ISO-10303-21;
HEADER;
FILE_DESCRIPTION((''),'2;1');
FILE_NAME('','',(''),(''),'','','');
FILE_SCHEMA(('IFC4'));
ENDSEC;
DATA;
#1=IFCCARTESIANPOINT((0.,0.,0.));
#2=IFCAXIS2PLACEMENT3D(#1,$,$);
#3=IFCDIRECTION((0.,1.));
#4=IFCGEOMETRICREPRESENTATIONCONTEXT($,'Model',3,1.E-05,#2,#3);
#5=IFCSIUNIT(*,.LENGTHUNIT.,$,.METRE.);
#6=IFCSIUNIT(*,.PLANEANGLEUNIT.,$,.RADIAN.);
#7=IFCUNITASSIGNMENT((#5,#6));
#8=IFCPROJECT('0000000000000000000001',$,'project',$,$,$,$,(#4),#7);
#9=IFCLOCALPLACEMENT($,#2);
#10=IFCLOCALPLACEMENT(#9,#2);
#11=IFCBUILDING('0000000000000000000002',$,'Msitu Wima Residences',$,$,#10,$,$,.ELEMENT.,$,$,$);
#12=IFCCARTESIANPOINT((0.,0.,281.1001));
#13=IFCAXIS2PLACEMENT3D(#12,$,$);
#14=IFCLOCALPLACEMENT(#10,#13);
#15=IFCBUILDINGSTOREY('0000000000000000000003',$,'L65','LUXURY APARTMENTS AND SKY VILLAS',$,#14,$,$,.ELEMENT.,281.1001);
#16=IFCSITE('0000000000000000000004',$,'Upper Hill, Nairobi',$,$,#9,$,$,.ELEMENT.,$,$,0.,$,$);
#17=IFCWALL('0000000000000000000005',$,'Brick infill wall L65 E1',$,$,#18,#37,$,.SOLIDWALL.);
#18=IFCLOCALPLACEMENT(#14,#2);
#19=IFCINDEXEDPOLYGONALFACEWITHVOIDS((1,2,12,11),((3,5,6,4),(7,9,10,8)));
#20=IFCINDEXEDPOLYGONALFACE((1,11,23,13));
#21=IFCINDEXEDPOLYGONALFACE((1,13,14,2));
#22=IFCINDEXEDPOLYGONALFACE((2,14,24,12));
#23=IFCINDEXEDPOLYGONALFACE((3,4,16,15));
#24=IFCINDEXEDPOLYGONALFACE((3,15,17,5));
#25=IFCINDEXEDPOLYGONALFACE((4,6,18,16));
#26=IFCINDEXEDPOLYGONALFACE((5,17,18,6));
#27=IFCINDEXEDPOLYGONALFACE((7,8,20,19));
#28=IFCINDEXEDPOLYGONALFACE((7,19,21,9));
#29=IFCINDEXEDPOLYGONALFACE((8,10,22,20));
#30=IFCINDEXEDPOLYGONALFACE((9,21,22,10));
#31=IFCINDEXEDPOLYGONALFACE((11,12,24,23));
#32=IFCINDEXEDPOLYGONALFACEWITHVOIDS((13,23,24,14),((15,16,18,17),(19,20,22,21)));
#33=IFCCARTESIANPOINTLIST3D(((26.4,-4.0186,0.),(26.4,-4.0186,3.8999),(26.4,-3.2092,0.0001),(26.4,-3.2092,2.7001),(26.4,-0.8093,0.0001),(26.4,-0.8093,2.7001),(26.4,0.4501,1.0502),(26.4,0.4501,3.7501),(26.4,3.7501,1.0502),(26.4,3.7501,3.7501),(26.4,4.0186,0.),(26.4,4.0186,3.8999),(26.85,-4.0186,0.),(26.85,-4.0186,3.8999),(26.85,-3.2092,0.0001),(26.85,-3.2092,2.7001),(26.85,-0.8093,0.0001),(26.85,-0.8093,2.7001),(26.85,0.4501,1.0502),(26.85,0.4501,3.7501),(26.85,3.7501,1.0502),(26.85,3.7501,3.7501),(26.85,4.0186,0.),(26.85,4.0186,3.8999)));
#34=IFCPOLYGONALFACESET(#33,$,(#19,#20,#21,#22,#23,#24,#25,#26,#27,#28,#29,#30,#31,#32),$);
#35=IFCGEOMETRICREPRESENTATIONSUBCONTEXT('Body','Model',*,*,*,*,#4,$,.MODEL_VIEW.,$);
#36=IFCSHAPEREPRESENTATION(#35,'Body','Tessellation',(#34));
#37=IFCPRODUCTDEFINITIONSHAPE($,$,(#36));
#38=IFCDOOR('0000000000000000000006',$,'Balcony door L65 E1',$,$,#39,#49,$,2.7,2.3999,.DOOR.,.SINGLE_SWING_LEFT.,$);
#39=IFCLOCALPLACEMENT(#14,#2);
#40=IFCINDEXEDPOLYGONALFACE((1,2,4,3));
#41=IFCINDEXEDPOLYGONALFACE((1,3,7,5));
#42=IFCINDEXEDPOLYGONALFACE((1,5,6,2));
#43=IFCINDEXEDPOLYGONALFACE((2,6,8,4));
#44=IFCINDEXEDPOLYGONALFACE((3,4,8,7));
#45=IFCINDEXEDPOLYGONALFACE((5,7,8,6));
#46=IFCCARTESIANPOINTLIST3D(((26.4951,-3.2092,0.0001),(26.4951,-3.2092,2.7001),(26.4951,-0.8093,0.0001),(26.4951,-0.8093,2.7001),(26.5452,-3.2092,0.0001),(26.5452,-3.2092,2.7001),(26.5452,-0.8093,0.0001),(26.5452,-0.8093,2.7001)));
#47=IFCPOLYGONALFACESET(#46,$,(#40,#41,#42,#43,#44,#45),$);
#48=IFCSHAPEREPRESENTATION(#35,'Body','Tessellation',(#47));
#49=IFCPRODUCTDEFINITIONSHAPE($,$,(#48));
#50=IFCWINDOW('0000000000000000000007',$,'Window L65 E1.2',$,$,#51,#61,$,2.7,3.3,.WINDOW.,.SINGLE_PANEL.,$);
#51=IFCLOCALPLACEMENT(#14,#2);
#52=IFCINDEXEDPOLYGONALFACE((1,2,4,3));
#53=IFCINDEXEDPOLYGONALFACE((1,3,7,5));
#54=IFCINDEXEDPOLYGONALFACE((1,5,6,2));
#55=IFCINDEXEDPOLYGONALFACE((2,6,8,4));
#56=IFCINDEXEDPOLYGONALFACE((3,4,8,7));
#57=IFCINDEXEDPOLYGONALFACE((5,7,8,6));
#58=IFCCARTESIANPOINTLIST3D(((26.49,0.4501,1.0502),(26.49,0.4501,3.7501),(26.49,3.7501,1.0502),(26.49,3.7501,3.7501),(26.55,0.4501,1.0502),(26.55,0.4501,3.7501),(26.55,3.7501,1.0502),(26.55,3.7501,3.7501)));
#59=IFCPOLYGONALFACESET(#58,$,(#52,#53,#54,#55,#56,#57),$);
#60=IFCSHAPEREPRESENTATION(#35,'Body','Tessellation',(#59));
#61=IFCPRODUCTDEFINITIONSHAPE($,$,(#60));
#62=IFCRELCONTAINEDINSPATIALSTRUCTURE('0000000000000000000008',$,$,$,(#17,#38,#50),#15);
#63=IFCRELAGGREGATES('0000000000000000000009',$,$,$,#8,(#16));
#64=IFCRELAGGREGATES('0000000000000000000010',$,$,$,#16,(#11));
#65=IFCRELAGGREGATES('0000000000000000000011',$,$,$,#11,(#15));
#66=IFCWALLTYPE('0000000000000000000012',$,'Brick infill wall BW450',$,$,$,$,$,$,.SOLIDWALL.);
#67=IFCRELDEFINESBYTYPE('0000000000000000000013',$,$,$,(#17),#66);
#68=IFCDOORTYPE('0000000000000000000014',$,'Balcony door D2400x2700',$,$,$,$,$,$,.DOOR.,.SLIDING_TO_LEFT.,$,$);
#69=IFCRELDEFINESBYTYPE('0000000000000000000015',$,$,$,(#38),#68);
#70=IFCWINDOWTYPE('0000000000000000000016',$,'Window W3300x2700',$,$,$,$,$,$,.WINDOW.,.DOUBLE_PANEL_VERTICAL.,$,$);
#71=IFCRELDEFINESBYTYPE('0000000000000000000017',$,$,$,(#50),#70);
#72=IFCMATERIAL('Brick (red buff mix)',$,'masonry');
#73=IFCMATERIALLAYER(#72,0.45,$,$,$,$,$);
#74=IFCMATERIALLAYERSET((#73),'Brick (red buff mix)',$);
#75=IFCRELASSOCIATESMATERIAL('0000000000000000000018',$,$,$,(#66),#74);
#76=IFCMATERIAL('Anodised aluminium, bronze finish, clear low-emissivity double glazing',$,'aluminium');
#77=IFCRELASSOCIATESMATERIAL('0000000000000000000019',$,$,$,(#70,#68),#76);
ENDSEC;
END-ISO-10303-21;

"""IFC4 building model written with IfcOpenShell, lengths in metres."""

from ifc_helpers import new_model, si_unit, direction, frame, frame_2d, origin, place, context, subcontext, project, spatial, rectangle, extrude, material, layer, layer_set, type_object, element, fill, save


model = new_model("IFC4")

# Units and contexts
model_context = context("Model", 3, precision=1e-05, world=origin(), true_north=direction((0.0, 1.0)))
body_context = subcontext(model_context, "Body", "Model", "MODEL_VIEW")
ifc_project = project(units=[si_unit("LENGTHUNIT", "METRE"), si_unit("PLANEANGLEUNIT", "RADIAN")], contexts=[model_context])

# Site, building, storey
site_placement = place(None, origin())
site = spatial("IfcSite", under=ifc_project, at=site_placement, Name="Upper Hill, Nairobi", CompositionType="ELEMENT", RefElevation=0.0)
building_placement = place(site_placement, origin())
building = spatial("IfcBuilding", under=site, at=building_placement, Name="Msitu Wima Residences", CompositionType="ELEMENT")
storey_placement = place(building_placement, frame((0.0, 0.0, 281.1001)))
storey = spatial("IfcBuildingStorey", under=building, at=storey_placement, Name="L65", Description="LUXURY APARTMENTS AND SKY VILLAS", CompositionType="ELEMENT", Elevation=281.1001)

# Shared definitions
ifc_material_1 = material(Name="Brick (red buff mix)", Category="masonry")
ifc_layer_1 = layer(ifc_material_1, 0.45)
ifc_layer_set_1 = layer_set([ifc_layer_1], Name="Brick (red buff mix)")
wall_type_1 = type_object("IfcWallType", Name="Brick infill wall BW450", PredefinedType="SOLIDWALL", material=ifc_layer_set_1)
ifc_material_2 = material(Name="Anodised aluminium, bronze finish, clear low-emissivity double glazing", Category="aluminium")
window_type = type_object("IfcWindowType", Name="Window W3300x2700", PartitioningType="DOUBLE_PANEL_VERTICAL", PredefinedType="WINDOW", material=ifc_material_2)

# Wall, openings, door, window
wall_1_placement = place(storey_placement, frame((26.625, -4.0186, 0.0), z_axis=(0.0, 0.0, 1.0), x_axis=(0.0, 1.0, 0.0)))
wall_1 = element("IfcWall", 1, at=wall_1_placement, inside=storey, type_object=wall_type_1, Name="Brick infill wall L65 E1", PredefinedType="SOLIDWALL", context=body_context, shape_type="SweptSolid", body=[
    extrude(rectangle(XDim=8.0371, YDim=0.45, at=frame_2d((4.0186, 0.0))), origin(), (0.0, 0.0, 1.0), 3.8999),
])
opening_1_placement = place(wall_1_placement, frame((0.8093, 0.0, 0.0)))
opening_1 = element("IfcOpeningElement", 2, at=opening_1_placement, cuts=wall_1, PredefinedType="OPENING", context=body_context, shape_type="SweptSolid", body=[
    extrude(rectangle(XDim=2.3999, YDim=2.7, at=frame_2d((1.2, 1.3501))), frame((0.0, 0.2349, 0.0), z_axis=(0.0, -1.0, 0.0), x_axis=(1.0, 0.0, 0.0)), (0.0, 0.0, 1.0), 0.47),
])
opening_2_placement = place(wall_1_placement, frame((4.4688, 0.0, 1.05)))
opening_2 = element("IfcOpeningElement", 3, at=opening_2_placement, cuts=wall_1, PredefinedType="OPENING", context=body_context, shape_type="SweptSolid", body=[
    extrude(rectangle(XDim=3.3, YDim=2.7, at=frame_2d((1.6499, 1.3501))), frame((0.0, 0.2349, 0.0), z_axis=(0.0, -1.0, 0.0), x_axis=(1.0, 0.0, 0.0)), (0.0, 0.0, 1.0), 0.47),
])
door_type = type_object("IfcDoorType", Name="Balcony door D2400x2700", OperationType="SLIDING_TO_LEFT", PredefinedType="DOOR", material=ifc_material_2)
door_placement = place(opening_1_placement, origin())
door = element("IfcDoor", 4, at=door_placement, inside=storey, type_object=door_type, Name="Balcony door L65 E1", OperationType="SINGLE_SWING_LEFT", OverallHeight=2.7, OverallWidth=2.3999, PredefinedType="DOOR", context=body_context, shape_type="SweptSolid", body=[
    extrude(rectangle(XDim=2.3999, YDim=2.7, at=frame_2d((1.2, 1.3501))), frame((0.0, 0.1299, 0.0), z_axis=(0.0, -1.0, 0.0), x_axis=(1.0, 0.0, 0.0)), (0.0, 0.0, 1.0), 0.05),
])
fill(opening_1, door)
window_1_placement = place(opening_2_placement, origin())
window_1 = element("IfcWindow", 5, at=window_1_placement, inside=storey, type_object=window_type, Name="Window L65 E1.2", OverallHeight=2.7, OverallWidth=3.3, PartitioningType="SINGLE_PANEL", PredefinedType="WINDOW", context=body_context, shape_type="SweptSolid", body=[
    extrude(rectangle(XDim=3.3, YDim=2.7, at=frame_2d((1.6499, 1.3501))), frame((0.0, 0.135, 0.0), z_axis=(0.0, -1.0, 0.0), x_axis=(1.0, 0.0, 0.0)), (0.0, 0.0, 1.0), 0.0601),
])
fill(opening_2, window_1)

save(model, "model.ifc")
